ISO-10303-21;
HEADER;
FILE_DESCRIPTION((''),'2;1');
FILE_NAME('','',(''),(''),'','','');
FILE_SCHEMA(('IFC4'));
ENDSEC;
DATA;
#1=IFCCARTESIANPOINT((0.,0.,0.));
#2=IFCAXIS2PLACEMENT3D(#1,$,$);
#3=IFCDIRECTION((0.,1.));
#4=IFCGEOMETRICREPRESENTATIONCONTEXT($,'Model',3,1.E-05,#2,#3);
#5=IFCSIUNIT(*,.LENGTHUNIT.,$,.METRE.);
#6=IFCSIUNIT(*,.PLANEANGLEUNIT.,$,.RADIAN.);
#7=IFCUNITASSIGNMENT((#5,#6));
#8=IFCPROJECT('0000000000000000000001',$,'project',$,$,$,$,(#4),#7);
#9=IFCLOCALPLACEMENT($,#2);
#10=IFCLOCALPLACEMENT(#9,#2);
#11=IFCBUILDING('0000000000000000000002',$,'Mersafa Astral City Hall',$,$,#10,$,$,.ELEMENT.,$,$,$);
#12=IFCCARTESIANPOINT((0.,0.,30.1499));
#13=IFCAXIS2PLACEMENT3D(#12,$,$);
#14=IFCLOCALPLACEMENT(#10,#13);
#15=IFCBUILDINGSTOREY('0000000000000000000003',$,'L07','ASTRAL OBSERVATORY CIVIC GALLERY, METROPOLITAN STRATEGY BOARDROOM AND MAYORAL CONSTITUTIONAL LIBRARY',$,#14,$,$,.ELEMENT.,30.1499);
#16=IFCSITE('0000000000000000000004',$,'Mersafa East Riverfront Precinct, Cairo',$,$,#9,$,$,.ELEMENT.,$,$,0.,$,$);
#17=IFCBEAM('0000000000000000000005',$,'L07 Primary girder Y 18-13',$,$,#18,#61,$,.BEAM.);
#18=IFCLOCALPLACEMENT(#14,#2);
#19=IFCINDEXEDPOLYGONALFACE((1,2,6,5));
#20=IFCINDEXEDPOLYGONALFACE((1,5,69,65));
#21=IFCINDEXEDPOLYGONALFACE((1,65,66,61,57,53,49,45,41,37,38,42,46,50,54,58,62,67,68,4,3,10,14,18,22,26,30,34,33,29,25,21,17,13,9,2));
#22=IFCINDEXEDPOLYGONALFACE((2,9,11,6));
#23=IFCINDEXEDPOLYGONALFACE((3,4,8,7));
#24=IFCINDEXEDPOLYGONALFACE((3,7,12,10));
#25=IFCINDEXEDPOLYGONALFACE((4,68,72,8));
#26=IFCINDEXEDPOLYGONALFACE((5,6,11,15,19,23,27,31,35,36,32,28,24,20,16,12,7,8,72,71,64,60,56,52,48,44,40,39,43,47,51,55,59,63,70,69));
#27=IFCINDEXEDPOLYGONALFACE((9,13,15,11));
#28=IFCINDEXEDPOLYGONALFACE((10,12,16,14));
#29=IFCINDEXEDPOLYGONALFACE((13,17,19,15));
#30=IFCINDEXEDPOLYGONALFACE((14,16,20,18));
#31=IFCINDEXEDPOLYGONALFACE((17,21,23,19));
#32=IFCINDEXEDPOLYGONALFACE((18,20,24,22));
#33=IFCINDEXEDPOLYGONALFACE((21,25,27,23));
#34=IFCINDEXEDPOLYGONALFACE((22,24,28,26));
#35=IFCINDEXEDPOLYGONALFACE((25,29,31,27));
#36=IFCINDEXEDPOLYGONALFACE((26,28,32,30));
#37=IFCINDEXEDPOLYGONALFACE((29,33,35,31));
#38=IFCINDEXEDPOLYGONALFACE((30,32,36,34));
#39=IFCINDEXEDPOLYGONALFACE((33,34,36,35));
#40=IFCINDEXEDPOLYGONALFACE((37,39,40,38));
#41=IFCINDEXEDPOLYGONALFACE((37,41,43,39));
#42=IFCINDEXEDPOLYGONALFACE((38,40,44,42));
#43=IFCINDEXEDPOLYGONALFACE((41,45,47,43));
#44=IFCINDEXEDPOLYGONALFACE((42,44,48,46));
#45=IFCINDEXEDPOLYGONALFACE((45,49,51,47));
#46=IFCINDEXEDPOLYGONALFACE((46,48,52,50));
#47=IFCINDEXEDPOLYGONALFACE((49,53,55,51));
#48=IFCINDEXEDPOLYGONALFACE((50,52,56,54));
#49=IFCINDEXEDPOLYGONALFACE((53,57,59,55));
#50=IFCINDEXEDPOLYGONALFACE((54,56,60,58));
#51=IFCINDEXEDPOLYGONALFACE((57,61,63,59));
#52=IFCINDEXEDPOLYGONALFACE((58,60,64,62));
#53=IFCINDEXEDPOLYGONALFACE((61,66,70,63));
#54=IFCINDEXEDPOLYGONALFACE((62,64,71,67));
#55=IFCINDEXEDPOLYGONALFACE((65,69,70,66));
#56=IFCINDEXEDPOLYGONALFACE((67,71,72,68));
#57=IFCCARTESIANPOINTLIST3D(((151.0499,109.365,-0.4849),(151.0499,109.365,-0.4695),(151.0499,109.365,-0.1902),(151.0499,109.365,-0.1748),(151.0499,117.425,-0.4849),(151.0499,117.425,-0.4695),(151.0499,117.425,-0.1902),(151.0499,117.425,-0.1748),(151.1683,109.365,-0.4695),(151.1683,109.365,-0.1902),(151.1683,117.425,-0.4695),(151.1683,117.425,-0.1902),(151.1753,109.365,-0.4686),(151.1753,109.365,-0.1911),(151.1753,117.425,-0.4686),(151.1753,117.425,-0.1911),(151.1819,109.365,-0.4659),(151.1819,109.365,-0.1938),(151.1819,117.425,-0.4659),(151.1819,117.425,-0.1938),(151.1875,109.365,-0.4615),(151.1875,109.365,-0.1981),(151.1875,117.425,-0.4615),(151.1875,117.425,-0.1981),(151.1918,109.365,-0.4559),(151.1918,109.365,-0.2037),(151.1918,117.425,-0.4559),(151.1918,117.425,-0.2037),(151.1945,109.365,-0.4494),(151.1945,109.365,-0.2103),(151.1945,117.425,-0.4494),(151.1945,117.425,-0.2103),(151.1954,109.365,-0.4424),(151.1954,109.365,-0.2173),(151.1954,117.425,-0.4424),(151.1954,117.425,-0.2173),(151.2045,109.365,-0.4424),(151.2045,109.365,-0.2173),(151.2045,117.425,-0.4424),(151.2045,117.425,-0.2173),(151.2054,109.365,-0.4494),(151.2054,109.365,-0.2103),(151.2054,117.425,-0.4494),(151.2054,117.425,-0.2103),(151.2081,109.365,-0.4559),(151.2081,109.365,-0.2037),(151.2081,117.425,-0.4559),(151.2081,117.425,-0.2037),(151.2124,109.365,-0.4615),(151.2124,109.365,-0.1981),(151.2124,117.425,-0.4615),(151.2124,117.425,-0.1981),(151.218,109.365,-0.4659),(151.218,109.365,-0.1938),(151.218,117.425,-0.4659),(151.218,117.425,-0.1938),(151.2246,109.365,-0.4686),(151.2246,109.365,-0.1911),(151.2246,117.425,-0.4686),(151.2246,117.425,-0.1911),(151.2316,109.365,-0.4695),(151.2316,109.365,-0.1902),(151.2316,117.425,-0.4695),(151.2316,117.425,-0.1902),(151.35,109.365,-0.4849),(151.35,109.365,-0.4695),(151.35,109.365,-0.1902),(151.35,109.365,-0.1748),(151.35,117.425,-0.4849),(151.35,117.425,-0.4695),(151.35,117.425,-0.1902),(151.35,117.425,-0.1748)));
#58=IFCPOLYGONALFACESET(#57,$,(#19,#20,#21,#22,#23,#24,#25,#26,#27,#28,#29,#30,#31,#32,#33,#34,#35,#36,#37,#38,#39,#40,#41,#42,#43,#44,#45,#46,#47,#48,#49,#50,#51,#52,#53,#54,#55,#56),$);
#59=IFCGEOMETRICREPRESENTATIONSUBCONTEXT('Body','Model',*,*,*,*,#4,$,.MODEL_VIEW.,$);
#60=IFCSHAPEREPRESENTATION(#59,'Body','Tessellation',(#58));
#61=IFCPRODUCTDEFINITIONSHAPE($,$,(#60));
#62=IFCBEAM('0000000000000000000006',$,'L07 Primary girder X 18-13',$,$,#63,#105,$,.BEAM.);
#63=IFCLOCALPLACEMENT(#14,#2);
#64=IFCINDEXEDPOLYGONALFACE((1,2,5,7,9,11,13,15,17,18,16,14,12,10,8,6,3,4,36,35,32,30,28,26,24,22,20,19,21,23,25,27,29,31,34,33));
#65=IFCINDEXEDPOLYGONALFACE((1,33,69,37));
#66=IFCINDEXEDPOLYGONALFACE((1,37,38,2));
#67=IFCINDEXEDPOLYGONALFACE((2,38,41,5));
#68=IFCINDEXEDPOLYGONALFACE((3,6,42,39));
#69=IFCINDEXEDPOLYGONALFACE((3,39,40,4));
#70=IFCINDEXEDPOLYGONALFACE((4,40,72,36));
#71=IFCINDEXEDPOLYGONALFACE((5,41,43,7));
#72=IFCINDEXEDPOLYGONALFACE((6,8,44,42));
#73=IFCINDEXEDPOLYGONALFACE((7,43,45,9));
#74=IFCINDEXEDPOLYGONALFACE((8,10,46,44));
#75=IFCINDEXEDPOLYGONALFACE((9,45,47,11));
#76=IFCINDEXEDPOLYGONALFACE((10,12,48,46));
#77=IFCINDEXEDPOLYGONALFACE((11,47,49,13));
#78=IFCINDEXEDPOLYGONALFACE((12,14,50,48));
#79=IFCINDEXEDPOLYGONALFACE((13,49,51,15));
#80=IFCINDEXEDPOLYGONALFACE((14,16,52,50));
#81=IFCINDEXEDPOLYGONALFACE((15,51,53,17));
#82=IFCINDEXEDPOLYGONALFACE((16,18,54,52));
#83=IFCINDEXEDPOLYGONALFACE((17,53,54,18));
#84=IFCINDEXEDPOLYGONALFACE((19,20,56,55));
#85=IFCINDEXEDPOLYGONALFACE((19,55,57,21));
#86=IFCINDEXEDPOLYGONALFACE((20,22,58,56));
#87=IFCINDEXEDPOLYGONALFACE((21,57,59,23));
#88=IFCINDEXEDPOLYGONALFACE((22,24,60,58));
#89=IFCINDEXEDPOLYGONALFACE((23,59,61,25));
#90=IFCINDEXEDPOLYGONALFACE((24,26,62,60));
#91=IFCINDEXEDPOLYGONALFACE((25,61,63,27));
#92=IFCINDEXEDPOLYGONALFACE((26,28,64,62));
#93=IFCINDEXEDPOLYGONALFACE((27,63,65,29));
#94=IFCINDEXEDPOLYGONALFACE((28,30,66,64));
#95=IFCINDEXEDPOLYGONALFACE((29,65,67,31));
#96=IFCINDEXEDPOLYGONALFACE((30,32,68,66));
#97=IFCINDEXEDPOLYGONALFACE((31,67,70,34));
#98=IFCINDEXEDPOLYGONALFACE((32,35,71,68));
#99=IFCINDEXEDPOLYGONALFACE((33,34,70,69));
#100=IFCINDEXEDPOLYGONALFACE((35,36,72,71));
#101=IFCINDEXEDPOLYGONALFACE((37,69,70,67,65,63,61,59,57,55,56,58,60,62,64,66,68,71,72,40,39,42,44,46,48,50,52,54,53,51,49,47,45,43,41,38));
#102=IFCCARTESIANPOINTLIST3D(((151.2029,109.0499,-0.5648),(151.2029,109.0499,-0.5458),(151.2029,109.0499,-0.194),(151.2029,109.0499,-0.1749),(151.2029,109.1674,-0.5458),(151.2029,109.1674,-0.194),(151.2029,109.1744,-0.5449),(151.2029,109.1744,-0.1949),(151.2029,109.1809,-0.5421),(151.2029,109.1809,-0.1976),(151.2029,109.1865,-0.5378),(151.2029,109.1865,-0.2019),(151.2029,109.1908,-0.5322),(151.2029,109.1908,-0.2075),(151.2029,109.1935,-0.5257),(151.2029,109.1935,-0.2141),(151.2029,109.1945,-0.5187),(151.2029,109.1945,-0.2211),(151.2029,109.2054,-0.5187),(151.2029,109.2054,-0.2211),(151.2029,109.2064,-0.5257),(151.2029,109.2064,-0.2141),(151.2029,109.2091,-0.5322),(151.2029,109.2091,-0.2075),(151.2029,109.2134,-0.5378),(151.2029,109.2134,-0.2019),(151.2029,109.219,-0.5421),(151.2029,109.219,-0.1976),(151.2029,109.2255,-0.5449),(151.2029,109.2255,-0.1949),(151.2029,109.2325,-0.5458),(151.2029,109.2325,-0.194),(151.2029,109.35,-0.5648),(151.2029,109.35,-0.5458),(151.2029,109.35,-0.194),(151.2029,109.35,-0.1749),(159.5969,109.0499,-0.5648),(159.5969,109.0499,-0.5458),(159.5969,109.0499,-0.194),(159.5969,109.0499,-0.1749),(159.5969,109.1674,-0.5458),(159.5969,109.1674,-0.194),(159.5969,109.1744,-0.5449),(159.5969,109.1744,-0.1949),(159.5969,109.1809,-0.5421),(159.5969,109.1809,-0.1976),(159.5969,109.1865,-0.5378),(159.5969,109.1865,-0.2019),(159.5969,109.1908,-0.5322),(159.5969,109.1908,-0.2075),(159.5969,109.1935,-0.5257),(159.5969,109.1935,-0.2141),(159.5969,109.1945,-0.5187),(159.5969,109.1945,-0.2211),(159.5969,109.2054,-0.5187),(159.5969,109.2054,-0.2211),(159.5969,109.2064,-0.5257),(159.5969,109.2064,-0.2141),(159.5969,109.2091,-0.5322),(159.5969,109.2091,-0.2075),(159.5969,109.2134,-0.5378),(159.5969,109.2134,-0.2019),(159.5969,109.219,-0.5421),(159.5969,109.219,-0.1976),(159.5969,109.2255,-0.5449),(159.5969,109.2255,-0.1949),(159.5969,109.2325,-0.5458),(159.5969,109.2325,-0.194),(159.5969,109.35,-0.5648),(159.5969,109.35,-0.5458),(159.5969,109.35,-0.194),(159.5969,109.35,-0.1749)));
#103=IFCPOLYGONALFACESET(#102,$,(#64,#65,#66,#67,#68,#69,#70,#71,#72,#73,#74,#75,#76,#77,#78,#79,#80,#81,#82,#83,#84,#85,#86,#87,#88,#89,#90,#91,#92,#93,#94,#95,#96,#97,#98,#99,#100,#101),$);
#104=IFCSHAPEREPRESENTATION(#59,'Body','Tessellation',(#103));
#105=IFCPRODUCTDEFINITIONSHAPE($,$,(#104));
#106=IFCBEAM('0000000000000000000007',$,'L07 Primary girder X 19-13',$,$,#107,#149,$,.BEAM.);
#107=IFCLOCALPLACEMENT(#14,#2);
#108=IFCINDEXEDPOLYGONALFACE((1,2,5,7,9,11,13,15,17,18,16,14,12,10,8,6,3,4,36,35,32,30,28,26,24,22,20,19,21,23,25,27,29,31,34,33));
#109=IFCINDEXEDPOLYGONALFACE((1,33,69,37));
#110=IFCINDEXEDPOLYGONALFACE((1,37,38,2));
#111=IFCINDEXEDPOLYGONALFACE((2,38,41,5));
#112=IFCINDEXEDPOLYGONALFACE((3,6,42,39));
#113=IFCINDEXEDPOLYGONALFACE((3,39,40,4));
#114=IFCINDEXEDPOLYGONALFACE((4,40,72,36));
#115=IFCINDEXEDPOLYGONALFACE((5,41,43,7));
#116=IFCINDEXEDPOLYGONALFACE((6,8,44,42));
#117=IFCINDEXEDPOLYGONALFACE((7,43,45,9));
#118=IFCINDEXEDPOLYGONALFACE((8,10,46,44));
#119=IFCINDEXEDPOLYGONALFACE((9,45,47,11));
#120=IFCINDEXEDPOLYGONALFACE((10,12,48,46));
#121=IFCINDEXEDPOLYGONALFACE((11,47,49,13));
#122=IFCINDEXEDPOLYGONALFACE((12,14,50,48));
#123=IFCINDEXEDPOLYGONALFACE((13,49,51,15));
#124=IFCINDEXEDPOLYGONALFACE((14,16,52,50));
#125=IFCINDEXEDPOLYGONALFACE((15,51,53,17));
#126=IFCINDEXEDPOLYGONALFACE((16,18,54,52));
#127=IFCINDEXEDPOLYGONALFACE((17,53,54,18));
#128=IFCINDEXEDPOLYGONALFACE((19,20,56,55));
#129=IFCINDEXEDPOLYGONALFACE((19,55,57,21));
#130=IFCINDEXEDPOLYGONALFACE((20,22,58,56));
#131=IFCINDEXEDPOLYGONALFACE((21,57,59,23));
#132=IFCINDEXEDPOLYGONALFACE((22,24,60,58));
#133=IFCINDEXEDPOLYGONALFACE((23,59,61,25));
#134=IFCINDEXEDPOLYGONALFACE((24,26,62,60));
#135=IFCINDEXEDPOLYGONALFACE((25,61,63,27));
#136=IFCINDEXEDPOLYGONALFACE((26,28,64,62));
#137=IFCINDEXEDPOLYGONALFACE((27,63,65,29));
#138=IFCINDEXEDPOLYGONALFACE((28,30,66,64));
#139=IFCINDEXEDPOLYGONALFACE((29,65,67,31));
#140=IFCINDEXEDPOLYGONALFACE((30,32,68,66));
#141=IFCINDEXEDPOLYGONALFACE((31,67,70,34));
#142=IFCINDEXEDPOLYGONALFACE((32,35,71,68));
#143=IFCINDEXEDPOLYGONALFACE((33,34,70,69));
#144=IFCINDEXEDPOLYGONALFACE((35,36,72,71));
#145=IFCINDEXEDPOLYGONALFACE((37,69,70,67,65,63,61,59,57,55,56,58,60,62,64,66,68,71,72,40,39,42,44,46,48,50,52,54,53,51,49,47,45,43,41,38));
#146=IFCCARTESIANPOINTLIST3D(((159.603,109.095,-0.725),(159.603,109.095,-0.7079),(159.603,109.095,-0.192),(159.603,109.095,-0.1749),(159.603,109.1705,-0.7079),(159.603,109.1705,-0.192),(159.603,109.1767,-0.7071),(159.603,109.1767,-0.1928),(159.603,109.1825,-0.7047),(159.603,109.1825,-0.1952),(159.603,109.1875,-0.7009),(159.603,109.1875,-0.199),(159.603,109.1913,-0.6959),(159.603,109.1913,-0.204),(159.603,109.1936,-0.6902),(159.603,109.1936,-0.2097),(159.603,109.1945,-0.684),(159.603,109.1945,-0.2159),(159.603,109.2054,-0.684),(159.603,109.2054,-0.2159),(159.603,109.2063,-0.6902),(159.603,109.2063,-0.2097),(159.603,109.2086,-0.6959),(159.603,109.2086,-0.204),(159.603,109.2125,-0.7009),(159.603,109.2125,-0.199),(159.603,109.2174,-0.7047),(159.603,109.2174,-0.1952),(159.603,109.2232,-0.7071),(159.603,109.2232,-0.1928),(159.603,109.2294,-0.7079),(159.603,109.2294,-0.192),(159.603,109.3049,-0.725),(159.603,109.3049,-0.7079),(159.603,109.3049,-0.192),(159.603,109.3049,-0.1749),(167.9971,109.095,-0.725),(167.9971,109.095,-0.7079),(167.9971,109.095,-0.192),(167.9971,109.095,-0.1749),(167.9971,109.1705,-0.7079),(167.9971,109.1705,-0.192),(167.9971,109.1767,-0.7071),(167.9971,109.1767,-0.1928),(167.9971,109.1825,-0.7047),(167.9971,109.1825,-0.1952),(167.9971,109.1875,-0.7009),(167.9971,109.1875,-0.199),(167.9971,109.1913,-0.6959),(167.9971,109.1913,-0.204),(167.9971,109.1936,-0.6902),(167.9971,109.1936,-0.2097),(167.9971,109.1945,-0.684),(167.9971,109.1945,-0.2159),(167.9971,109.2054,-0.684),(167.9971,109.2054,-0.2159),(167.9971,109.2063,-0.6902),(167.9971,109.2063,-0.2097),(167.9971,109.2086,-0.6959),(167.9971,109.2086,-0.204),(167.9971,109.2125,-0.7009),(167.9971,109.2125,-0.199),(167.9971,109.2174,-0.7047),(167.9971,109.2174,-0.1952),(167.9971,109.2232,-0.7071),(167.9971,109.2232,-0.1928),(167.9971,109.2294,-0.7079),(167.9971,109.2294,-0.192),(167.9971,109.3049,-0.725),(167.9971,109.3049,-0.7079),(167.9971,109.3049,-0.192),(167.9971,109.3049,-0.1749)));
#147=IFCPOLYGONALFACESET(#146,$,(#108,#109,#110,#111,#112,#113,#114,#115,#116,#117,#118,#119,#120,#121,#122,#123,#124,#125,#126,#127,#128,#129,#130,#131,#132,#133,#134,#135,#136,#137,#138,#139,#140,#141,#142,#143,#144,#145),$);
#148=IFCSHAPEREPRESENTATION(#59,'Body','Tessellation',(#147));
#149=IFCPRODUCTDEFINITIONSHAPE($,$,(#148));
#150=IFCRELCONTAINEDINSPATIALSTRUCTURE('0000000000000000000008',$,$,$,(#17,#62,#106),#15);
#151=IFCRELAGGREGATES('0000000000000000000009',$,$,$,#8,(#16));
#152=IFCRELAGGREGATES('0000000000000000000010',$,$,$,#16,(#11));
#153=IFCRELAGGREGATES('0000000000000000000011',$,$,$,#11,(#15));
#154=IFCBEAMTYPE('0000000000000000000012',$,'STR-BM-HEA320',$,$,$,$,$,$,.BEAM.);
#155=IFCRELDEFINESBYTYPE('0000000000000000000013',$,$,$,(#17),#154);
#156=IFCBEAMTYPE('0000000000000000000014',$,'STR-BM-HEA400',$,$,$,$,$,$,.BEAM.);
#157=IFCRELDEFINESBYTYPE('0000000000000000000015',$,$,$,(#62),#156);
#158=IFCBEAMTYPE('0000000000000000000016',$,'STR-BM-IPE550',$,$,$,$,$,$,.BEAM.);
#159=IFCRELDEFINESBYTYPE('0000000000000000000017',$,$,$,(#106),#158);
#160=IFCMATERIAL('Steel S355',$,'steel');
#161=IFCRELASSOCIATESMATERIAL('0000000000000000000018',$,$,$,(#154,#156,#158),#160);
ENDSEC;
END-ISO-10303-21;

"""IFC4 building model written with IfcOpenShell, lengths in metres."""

from ifc_helpers import new_model, si_unit, direction, frame, origin, origin_2d, place, context, subcontext, project, spatial, i_section, extrude, material, material_profile, profile_set, type_object, element, save


model = new_model("IFC4")

# Units and contexts
model_context = context("Model", 3, precision=1e-05, world=origin(), true_north=direction((0.0, 1.0)))
body_context = subcontext(model_context, "Body", "Model", "MODEL_VIEW")
ifc_project = project(units=[si_unit("LENGTHUNIT", "METRE"), si_unit("PLANEANGLEUNIT", "RADIAN")], contexts=[model_context])

# Site, building, storey
site_placement = place(None, origin())
site = spatial("IfcSite", under=ifc_project, at=site_placement, Name="Mersafa East Riverfront Precinct, Cairo", CompositionType="ELEMENT", RefElevation=0.0)
building_placement = place(site_placement, origin())
building = spatial("IfcBuilding", under=site, at=building_placement, Name="Mersafa Astral City Hall", CompositionType="ELEMENT")
storey_placement = place(building_placement, frame((0.0, 0.0, 30.1499)))
storey = spatial("IfcBuildingStorey", under=building, at=storey_placement, Name="L07", Description="ASTRAL OBSERVATORY CIVIC GALLERY, METROPOLITAN STRATEGY BOARDROOM AND MAYORAL CONSTITUTIONAL LIBRARY", CompositionType="ELEMENT", Elevation=30.1499)

# Shared definitions
ifc_material_1 = material(Name="Steel S355", Category="steel")

# Beams
ifc_material_profile_1 = material_profile(ifc_material_1, i_section(OverallWidth=0.3, OverallDepth=0.3101, WebThickness=0.009, FlangeThickness=0.0154, FilletRadius=0.0271, at=origin_2d()), Name="HEA 320")
ifc_profile_set_1 = profile_set([ifc_material_profile_1], Name="Steel S355")
beam_type_1 = type_object("IfcBeamType", Name="STR-BM-HEA320", PredefinedType="BEAM", material=ifc_profile_set_1)
beam_1_placement = place(storey_placement, frame((151.2, 109.365, -0.3298), z_axis=(0.0, 1.0, 0.0), x_axis=(-1.0, 0.0, 0.0)))
element("IfcBeam", 1, at=beam_1_placement, inside=storey, type_object=beam_type_1, Name="L07 Primary girder Y 18-13", PredefinedType="BEAM", context=body_context, shape_type="SweptSolid", body=[
    extrude(i_section(OverallWidth=0.3, OverallDepth=0.3101, WebThickness=0.009, FlangeThickness=0.0154, FilletRadius=0.0271, at=origin_2d()), origin(), (0.0, 0.0, 1.0), 8.0601),
])
ifc_material_profile_2 = material_profile(ifc_material_1, i_section(OverallWidth=0.3, OverallDepth=0.3899, WebThickness=0.011, FlangeThickness=0.019, FilletRadius=0.0271, at=origin_2d()), Name="HEA 400")
ifc_profile_set_2 = profile_set([ifc_material_profile_2], Name="Steel S355")
beam_type_2 = type_object("IfcBeamType", Name="STR-BM-HEA400", PredefinedType="BEAM", material=ifc_profile_set_2)
beam_2_placement = place(storey_placement, frame((151.2029, 109.2, -0.3699), z_axis=(1.0, 0.0, 0.0), x_axis=(0.0, 1.0, 0.0)))
element("IfcBeam", 2, at=beam_2_placement, inside=storey, type_object=beam_type_2, Name="L07 Primary girder X 18-13", PredefinedType="BEAM", context=body_context, shape_type="SweptSolid", body=[
    extrude(i_section(OverallWidth=0.3, OverallDepth=0.3899, WebThickness=0.011, FlangeThickness=0.019, FilletRadius=0.0271, at=origin_2d()), origin(), (0.0, 0.0, 1.0), 8.394),
])
ifc_material_profile_3 = material_profile(ifc_material_1, i_section(OverallWidth=0.21, OverallDepth=0.55, WebThickness=0.011, FlangeThickness=0.0171, FilletRadius=0.0239, at=origin_2d()), Name="IPE 550")
ifc_profile_set_3 = profile_set([ifc_material_profile_3], Name="Steel S355")
beam_type_3 = type_object("IfcBeamType", Name="STR-BM-IPE550", PredefinedType="BEAM", material=ifc_profile_set_3)
beam_3_placement = place(storey_placement, frame((159.603, 109.2, -0.45), z_axis=(1.0, 0.0, 0.0), x_axis=(0.0, 1.0, 0.0)))
element("IfcBeam", 3, at=beam_3_placement, inside=storey, type_object=beam_type_3, Name="L07 Primary girder X 19-13", PredefinedType="BEAM", context=body_context, shape_type="SweptSolid", body=[
    extrude(i_section(OverallWidth=0.21, OverallDepth=0.55, WebThickness=0.011, FlangeThickness=0.0171, FilletRadius=0.0239, at=origin_2d()), origin(), (0.0, 0.0, 1.0), 8.394),
])

save(model, "model.ifc")
